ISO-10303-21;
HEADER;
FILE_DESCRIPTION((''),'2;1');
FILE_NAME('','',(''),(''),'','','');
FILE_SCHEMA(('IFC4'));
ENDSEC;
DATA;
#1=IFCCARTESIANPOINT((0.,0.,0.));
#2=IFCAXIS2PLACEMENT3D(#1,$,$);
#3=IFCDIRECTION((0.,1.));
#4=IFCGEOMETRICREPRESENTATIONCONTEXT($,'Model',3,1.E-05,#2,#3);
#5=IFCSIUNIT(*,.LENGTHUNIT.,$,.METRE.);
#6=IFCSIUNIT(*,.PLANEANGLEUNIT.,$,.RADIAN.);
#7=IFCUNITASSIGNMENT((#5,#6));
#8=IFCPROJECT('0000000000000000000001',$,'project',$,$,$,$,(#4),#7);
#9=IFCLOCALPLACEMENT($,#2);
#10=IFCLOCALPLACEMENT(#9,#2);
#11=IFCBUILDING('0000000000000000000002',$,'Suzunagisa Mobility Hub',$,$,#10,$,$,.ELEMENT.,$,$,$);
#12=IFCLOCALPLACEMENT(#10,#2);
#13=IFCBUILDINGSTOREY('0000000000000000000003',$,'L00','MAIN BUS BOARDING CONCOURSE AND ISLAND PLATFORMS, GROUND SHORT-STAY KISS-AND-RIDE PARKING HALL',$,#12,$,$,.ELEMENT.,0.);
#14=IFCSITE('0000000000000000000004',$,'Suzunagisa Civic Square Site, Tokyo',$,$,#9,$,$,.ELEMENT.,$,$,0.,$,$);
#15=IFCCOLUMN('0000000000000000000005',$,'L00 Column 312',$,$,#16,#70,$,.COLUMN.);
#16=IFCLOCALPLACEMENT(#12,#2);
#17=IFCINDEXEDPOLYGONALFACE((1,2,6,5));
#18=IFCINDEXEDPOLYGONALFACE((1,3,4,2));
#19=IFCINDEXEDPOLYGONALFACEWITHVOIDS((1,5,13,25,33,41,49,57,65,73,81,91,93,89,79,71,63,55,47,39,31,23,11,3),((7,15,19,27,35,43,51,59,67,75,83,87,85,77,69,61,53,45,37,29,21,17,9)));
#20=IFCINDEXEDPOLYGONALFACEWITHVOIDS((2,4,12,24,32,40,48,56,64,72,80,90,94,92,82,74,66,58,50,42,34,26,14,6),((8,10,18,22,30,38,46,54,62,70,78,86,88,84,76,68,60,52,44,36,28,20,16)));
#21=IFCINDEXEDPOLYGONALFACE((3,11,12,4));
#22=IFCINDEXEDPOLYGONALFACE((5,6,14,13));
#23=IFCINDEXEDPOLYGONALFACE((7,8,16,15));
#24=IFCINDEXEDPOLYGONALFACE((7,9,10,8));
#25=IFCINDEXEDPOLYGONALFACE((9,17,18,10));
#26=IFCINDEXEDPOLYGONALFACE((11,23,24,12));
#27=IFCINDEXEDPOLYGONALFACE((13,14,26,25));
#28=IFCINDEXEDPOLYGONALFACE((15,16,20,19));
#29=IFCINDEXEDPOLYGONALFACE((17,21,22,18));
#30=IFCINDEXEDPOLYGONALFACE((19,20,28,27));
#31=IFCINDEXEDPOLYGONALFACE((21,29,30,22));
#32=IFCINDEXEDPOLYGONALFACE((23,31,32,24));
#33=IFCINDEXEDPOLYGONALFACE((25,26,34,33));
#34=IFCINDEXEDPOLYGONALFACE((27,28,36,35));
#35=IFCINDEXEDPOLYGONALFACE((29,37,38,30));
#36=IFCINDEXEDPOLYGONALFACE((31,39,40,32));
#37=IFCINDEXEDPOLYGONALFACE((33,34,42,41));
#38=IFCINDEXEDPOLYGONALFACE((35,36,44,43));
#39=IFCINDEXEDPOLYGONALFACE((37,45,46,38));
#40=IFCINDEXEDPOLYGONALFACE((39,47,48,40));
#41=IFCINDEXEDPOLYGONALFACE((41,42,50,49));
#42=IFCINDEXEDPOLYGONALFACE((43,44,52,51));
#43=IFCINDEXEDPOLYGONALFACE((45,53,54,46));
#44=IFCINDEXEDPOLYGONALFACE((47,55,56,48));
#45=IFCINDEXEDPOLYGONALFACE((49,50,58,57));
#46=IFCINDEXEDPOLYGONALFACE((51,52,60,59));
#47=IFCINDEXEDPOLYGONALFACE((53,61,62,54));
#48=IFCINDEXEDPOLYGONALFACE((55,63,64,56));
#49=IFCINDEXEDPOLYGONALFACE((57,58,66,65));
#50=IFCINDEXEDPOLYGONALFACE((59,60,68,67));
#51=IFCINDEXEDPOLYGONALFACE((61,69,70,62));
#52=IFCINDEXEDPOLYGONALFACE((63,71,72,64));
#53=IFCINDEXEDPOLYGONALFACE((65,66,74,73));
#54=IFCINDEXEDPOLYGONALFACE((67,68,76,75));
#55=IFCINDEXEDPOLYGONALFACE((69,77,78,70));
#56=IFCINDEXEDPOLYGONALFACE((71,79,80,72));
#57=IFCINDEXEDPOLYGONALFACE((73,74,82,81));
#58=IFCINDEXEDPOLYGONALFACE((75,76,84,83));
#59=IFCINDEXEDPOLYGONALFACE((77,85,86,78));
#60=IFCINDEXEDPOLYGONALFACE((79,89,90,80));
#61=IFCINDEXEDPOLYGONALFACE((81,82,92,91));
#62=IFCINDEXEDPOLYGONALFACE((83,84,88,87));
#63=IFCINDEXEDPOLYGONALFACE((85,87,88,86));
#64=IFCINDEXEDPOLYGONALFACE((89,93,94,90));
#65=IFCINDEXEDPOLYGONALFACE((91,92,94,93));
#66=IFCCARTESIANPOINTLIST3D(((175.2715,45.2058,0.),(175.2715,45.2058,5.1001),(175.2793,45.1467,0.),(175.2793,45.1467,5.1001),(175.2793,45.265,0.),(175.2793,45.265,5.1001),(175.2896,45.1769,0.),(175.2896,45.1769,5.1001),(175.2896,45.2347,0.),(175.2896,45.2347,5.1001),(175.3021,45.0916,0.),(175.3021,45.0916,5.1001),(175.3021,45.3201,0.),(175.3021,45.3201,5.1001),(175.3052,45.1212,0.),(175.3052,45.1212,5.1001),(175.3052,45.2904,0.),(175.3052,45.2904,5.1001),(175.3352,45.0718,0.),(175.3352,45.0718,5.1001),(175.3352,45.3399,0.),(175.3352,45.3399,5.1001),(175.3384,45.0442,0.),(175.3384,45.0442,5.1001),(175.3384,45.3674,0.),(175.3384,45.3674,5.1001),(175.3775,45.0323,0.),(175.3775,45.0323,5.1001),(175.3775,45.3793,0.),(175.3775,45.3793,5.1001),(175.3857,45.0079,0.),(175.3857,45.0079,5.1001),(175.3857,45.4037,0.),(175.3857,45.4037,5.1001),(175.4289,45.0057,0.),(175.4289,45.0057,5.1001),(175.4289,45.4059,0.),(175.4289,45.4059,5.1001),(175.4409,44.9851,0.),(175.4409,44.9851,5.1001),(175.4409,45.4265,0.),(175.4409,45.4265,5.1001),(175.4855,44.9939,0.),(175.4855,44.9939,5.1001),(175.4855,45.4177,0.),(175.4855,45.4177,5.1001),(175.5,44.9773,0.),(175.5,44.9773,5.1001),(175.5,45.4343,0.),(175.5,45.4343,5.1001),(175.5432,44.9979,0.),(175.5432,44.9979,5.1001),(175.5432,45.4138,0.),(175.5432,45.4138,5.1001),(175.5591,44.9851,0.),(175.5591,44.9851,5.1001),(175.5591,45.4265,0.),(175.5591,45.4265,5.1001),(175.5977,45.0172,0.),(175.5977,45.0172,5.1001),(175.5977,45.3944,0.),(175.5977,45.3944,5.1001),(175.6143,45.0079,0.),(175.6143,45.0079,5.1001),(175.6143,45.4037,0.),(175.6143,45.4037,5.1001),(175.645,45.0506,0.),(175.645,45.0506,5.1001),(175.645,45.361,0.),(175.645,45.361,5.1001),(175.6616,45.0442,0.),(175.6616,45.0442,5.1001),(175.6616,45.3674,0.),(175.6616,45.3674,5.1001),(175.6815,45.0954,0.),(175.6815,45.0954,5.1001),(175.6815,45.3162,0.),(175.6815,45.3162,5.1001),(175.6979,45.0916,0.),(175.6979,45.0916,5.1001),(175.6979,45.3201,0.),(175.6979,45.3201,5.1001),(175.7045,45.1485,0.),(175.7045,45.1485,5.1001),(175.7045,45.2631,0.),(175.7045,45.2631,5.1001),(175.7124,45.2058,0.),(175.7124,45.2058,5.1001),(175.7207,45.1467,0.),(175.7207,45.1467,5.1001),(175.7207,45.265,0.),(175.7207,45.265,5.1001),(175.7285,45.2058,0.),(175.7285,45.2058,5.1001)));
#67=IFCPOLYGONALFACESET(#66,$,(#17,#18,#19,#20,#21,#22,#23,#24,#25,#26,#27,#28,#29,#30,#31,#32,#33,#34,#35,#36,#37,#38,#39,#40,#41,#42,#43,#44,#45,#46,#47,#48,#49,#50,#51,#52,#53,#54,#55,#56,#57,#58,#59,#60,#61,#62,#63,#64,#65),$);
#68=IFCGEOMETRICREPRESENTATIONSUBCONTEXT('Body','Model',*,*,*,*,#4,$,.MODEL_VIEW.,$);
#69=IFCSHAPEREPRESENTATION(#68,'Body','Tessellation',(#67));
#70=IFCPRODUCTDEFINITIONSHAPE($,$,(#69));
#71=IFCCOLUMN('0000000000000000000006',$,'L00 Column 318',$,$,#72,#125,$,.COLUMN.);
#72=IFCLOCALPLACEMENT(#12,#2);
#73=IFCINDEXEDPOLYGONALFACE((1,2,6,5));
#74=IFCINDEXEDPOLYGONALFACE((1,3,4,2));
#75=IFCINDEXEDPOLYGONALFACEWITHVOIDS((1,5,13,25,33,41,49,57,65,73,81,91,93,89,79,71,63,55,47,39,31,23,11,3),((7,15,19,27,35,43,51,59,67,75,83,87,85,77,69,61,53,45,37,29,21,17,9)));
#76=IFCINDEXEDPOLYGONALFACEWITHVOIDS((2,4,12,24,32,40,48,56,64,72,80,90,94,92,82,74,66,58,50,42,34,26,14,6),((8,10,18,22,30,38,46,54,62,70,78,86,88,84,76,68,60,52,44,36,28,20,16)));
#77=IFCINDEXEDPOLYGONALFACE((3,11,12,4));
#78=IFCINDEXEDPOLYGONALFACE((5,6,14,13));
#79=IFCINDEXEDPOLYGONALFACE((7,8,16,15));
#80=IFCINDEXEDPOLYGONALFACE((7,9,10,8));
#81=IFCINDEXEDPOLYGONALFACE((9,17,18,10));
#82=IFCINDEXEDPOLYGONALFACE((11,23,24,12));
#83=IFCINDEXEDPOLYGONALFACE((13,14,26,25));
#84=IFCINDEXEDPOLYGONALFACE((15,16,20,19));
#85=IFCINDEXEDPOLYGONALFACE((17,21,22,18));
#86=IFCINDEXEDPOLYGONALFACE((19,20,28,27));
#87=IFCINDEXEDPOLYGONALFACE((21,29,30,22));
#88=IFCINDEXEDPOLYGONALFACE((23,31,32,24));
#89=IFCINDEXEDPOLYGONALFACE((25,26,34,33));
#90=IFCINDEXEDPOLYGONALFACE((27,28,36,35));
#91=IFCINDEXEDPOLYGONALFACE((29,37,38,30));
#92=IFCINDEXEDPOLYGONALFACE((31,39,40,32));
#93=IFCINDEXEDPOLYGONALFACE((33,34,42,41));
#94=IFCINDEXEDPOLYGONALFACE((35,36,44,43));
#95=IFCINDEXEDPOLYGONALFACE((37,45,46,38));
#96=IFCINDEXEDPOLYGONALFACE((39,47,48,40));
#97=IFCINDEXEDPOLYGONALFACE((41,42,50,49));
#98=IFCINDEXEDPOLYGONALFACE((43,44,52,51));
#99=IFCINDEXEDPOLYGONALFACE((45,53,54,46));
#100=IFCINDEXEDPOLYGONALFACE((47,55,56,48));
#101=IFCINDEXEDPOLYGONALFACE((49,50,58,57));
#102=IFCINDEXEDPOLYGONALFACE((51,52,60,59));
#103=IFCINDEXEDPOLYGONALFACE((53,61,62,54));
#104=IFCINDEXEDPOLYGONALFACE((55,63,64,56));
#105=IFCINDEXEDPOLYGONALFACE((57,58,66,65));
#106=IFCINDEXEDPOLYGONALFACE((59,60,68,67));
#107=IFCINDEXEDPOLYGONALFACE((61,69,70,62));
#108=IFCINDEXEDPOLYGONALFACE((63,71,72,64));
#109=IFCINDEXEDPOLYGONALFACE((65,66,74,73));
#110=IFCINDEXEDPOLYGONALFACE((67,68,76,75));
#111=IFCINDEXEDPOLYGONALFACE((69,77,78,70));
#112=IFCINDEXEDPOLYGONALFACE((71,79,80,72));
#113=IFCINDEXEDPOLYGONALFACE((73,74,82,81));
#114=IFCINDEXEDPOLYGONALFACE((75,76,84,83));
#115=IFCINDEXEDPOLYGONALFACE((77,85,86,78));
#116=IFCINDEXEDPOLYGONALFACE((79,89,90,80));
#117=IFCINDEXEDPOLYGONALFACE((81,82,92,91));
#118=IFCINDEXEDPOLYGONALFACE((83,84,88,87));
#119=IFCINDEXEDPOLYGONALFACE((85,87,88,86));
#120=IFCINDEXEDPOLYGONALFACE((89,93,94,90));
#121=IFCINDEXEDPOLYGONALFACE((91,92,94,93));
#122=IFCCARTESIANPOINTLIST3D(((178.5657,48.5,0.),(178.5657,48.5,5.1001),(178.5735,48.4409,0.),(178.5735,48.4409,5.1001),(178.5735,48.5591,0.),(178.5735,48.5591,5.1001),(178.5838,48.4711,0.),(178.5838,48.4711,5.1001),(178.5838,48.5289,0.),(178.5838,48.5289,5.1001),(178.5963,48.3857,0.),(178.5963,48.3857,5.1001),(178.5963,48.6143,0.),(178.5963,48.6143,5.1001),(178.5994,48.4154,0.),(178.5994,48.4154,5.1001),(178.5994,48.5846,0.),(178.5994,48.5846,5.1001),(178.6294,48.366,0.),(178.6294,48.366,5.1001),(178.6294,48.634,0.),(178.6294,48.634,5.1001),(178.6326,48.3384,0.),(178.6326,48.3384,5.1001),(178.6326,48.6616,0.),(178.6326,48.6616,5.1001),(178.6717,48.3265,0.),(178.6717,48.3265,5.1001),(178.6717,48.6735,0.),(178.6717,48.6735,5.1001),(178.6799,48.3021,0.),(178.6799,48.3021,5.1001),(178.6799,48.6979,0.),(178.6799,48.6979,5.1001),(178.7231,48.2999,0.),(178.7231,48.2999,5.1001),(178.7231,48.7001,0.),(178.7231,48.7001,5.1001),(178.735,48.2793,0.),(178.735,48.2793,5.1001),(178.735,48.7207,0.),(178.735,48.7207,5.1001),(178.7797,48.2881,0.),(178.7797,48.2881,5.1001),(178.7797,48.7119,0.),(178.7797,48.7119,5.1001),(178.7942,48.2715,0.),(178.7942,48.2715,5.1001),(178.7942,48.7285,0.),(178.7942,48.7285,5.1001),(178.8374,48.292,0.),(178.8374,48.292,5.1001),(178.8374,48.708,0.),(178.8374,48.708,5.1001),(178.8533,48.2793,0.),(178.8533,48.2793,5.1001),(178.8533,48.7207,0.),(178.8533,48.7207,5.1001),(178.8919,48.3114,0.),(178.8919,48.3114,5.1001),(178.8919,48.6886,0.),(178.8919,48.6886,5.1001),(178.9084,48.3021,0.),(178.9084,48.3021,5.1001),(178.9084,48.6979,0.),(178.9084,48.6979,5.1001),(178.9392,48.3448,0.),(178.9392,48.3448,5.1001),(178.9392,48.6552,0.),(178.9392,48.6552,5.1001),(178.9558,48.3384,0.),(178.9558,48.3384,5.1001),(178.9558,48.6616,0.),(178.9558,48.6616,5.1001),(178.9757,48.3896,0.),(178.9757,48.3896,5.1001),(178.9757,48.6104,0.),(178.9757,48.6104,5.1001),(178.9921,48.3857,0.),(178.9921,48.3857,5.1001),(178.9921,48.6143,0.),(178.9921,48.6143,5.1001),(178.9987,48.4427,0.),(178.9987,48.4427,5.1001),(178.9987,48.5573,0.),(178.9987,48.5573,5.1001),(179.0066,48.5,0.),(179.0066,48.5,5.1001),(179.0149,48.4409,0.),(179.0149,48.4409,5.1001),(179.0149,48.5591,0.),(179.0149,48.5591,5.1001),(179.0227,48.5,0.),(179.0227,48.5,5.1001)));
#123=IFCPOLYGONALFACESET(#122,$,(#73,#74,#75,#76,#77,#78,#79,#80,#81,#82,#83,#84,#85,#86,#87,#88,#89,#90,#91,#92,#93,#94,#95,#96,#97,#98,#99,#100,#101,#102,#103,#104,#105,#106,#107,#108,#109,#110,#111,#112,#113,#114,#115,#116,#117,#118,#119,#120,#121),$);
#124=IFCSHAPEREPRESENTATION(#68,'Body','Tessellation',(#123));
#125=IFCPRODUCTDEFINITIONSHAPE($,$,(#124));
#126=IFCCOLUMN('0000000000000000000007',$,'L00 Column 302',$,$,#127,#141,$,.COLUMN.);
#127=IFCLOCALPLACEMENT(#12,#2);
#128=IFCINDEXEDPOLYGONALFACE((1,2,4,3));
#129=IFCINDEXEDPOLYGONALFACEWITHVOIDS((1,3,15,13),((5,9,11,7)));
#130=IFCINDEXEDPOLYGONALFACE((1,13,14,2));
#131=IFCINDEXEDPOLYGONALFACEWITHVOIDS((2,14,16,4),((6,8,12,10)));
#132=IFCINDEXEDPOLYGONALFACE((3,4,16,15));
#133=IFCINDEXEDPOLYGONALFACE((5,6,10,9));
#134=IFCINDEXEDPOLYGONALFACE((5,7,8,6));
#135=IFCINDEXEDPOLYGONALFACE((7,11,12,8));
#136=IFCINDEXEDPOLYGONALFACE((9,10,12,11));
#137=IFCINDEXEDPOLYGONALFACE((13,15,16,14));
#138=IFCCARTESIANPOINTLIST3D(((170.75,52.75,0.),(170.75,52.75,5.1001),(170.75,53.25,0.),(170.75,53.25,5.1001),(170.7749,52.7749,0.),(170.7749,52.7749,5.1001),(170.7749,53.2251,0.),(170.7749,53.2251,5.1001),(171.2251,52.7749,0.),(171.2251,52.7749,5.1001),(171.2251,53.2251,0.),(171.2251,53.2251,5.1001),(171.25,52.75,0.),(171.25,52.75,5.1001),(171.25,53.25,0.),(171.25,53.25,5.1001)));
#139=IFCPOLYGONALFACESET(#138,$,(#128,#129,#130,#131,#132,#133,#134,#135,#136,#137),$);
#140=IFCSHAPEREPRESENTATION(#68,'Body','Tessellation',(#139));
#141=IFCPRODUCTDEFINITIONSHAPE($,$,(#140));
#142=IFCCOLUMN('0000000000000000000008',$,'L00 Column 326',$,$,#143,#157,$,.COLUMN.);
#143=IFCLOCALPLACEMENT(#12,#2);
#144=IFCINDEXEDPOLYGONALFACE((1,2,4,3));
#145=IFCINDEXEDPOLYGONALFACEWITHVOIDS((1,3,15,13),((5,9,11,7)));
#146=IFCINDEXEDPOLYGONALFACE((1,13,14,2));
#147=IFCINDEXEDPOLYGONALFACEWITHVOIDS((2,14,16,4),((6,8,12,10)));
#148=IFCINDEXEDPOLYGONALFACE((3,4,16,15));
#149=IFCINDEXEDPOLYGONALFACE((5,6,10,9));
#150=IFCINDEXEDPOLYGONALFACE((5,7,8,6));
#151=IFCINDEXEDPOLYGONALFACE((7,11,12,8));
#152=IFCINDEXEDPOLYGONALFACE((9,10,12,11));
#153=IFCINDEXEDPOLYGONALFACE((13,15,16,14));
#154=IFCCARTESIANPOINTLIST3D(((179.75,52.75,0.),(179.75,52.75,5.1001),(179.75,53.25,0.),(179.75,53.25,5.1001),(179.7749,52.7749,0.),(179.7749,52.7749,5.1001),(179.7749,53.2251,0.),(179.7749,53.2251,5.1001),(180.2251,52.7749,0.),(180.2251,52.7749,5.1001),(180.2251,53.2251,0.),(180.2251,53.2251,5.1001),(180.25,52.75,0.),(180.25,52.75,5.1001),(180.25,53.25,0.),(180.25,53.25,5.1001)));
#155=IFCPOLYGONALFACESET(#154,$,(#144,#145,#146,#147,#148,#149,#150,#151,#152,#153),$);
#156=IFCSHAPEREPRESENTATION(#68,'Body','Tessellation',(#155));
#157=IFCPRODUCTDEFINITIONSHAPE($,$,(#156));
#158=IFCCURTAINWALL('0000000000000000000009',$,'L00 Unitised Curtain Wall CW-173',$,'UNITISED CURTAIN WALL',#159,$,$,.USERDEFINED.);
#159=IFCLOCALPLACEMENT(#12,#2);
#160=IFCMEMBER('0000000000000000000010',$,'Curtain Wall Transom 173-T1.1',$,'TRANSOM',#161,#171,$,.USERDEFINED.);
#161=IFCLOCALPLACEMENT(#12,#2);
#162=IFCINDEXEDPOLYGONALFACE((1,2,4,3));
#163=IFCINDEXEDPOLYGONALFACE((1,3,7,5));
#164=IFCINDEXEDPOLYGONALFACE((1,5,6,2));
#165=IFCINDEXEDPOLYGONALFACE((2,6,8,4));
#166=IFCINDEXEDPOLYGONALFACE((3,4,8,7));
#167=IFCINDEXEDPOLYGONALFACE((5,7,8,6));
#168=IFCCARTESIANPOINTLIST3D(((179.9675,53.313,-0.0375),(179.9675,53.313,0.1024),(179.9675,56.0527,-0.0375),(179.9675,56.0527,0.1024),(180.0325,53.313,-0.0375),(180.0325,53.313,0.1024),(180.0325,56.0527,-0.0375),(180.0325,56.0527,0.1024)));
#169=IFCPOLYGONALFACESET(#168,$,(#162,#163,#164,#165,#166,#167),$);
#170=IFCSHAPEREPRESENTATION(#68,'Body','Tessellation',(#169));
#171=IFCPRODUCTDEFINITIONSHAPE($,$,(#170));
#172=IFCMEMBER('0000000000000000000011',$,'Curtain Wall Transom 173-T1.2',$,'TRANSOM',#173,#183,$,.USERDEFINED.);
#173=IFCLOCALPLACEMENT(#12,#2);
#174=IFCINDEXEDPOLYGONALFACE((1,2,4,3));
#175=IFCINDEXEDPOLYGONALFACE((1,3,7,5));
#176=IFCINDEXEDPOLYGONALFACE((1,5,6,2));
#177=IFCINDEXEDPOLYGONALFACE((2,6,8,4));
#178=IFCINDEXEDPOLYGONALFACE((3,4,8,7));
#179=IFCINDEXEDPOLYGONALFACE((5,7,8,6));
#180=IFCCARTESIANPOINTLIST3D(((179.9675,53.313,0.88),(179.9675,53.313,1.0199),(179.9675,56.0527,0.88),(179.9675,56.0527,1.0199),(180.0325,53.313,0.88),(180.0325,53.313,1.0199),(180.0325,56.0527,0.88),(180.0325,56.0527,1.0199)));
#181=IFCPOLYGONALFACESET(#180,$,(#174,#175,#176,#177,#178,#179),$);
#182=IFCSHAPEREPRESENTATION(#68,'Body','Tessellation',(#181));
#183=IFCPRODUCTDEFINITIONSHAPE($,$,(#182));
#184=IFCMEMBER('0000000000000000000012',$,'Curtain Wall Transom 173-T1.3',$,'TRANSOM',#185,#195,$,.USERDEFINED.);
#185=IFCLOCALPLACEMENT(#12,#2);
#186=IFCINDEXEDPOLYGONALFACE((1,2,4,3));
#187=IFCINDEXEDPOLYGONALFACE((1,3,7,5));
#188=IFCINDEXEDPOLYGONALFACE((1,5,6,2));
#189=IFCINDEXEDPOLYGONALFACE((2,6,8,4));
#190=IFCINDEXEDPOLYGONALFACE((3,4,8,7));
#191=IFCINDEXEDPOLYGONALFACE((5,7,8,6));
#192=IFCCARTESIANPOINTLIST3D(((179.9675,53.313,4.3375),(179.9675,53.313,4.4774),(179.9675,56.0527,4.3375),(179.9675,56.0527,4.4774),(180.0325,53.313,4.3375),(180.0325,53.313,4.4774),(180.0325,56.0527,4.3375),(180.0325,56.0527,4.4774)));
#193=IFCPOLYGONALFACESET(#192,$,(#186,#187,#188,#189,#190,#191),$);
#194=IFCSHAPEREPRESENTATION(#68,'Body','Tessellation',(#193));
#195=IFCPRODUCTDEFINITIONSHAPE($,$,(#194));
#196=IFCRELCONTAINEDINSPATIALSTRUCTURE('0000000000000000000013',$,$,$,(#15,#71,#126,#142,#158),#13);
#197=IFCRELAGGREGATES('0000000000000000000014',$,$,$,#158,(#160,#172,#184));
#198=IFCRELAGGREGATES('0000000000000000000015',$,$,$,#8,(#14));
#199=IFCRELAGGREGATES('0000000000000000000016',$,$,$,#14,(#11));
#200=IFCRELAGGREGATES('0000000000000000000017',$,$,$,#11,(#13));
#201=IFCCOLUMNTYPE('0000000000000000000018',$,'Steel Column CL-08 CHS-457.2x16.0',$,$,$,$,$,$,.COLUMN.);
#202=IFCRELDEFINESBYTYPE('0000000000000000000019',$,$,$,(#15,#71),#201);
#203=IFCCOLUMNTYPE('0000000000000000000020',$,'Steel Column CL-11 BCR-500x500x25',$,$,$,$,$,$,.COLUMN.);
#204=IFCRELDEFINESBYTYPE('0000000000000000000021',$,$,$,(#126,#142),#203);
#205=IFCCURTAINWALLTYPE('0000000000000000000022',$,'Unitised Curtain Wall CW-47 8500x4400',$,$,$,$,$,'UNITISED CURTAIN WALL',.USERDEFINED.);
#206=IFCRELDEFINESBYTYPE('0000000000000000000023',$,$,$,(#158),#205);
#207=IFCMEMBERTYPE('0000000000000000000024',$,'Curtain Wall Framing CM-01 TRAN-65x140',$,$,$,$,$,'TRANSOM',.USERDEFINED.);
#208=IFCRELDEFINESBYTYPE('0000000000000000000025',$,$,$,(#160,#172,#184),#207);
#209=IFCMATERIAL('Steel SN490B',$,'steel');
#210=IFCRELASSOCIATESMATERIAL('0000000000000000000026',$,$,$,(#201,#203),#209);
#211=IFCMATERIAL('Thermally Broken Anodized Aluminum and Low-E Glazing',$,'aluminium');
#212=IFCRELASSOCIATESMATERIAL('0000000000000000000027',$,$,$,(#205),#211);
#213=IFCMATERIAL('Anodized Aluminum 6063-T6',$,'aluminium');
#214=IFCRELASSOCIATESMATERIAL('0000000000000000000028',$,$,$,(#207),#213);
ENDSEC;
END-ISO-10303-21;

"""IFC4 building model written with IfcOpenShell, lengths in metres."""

from ifc_helpers import new_model, si_unit, direction, frame, origin, origin_2d, place, context, subcontext, project, spatial, rectangle, hollow_rectangle, hollow_circle, extrude, material, material_profile, profile_set, type_object, element, aggregate, save


model = new_model("IFC4")

# Units and contexts
model_context = context("Model", 3, precision=1e-05, world=origin(), true_north=direction((0.0, 1.0)))
body_context = subcontext(model_context, "Body", "Model", "MODEL_VIEW")
ifc_project = project(units=[si_unit("LENGTHUNIT", "METRE"), si_unit("PLANEANGLEUNIT", "RADIAN")], contexts=[model_context])

# Site, building, storey
site_placement = place(None, origin())
site = spatial("IfcSite", under=ifc_project, at=site_placement, Name="Suzunagisa Civic Square Site, Tokyo", CompositionType="ELEMENT", RefElevation=0.0)
building_placement = place(site_placement, origin())
building = spatial("IfcBuilding", under=site, at=building_placement, Name="Suzunagisa Mobility Hub", CompositionType="ELEMENT")
storey_placement = place(building_placement, origin())
storey = spatial("IfcBuildingStorey", under=building, at=storey_placement, Name="L00", Description="MAIN BUS BOARDING CONCOURSE AND ISLAND PLATFORMS, GROUND SHORT-STAY KISS-AND-RIDE PARKING HALL", CompositionType="ELEMENT", Elevation=0.0)

# Columns
ifc_material_1 = material(Name="Steel SN490B", Category="steel")
ifc_material_profile_1 = material_profile(ifc_material_1, hollow_circle(Radius=0.2285, WallThickness=0.0161, at=origin_2d()), Name="CHS-457.2x16.0")
ifc_profile_set_1 = profile_set([ifc_material_profile_1], Name="Steel SN490B")
column_type_1 = type_object("IfcColumnType", Name="Steel Column CL-08 CHS-457.2x16.0", PredefinedType="COLUMN", material=ifc_profile_set_1)
for number, where, z_axis, x_axis, name in (
    (1, (175.5, 45.2058, 0.0), (0.0, 0.0, 1.0), (1.0, 0.0, 0.0), "L00 Column 312"),
    (2, (178.7942, 48.5, 0.0), (0.0, 0.0, 1.0), (1.0, 0.0, 0.0), "L00 Column 318"),
):
    element("IfcColumn", number, at=place(storey_placement, frame(where, z_axis=z_axis, x_axis=x_axis)), inside=storey, type_object=column_type_1, Name=name, PredefinedType="COLUMN", context=body_context, shape_type="SweptSolid", body=[
        extrude(hollow_circle(Radius=0.2285, WallThickness=0.0161, at=origin_2d()), origin(), (0.0, 0.0, 1.0), 5.1001),
    ])
ifc_material_profile_2 = material_profile(ifc_material_1, hollow_rectangle(XDim=0.5, YDim=0.5, WallThickness=0.0249, at=origin_2d()), Name="BCR-500x500x25")
ifc_profile_set_2 = profile_set([ifc_material_profile_2], Name="Steel SN490B")
column_type_2 = type_object("IfcColumnType", Name="Steel Column CL-11 BCR-500x500x25", PredefinedType="COLUMN", material=ifc_profile_set_2)
for number, where, z_axis, x_axis, name in (
    (3, (171.0, 53.0, 0.0), (0.0, 0.0, 1.0), (1.0, 0.0, 0.0), "L00 Column 302"),
    (4, (180.0, 53.0, 0.0), (0.0, 0.0, 1.0), (1.0, 0.0, 0.0), "L00 Column 326"),
):
    element("IfcColumn", number, at=place(storey_placement, frame(where, z_axis=z_axis, x_axis=x_axis)), inside=storey, type_object=column_type_2, Name=name, PredefinedType="COLUMN", context=body_context, shape_type="SweptSolid", body=[
        extrude(hollow_rectangle(XDim=0.5, YDim=0.5, WallThickness=0.0249, at=origin_2d()), origin(), (0.0, 0.0, 1.0), 5.1001),
    ])

# Curtain wall, members
ifc_material_2 = material(Name="Thermally Broken Anodized Aluminum and Low-E Glazing", Category="aluminium")
curtain_wall_type = type_object("IfcCurtainWallType", Name="Unitised Curtain Wall CW-47 8500x4400", ElementType="UNITISED CURTAIN WALL", PredefinedType="USERDEFINED", material=ifc_material_2)
curtain_wall_placement = place(storey_placement, origin())
curtain_wall = element("IfcCurtainWall", 5, at=curtain_wall_placement, inside=storey, type_object=curtain_wall_type, Name="L00 Unitised Curtain Wall CW-173", ObjectType="UNITISED CURTAIN WALL", PredefinedType="USERDEFINED")
ifc_material_3 = material(Name="Anodized Aluminum 6063-T6", Category="aluminium")
ifc_material_profile_3 = material_profile(ifc_material_3, rectangle(XDim=0.0649, YDim=0.1399, at=origin_2d()), Name="TRAN-65x140")
ifc_profile_set_3 = profile_set([ifc_material_profile_3], Name="Anodized Aluminum 6063-T6")
member_type_1 = type_object("IfcMemberType", Name="Curtain Wall Framing CM-01 TRAN-65x140", ElementType="TRANSOM", PredefinedType="USERDEFINED", material=ifc_profile_set_3)
member_1_placement = place(storey_placement, frame((180.0, 53.313, 0.0325), z_axis=(0.0, 1.0, 0.0), x_axis=(-1.0, 0.0, 0.0)))
member_1 = element("IfcMember", 6, at=member_1_placement, type_object=member_type_1, Name="Curtain Wall Transom 173-T1.1", ObjectType="TRANSOM", PredefinedType="USERDEFINED", context=body_context, shape_type="SweptSolid", body=[
    extrude(rectangle(XDim=0.0649, YDim=0.1399, at=origin_2d()), origin(), (0.0, 0.0, 1.0), 2.7397),
])
member_2_placement = place(storey_placement, frame((180.0, 53.313, 0.95), z_axis=(0.0, 1.0, 0.0), x_axis=(-1.0, 0.0, 0.0)))
member_2 = element("IfcMember", 7, at=member_2_placement, type_object=member_type_1, Name="Curtain Wall Transom 173-T1.2", ObjectType="TRANSOM", PredefinedType="USERDEFINED", context=body_context, shape_type="SweptSolid", body=[
    extrude(rectangle(XDim=0.0649, YDim=0.1399, at=origin_2d()), origin(), (0.0, 0.0, 1.0), 2.7397),
])
member_3_placement = place(storey_placement, frame((180.0, 53.313, 4.4075), z_axis=(0.0, 1.0, 0.0), x_axis=(-1.0, 0.0, 0.0)))
member_3 = element("IfcMember", 8, at=member_3_placement, type_object=member_type_1, Name="Curtain Wall Transom 173-T1.3", ObjectType="TRANSOM", PredefinedType="USERDEFINED", context=body_context, shape_type="SweptSolid", body=[
    extrude(rectangle(XDim=0.0649, YDim=0.1399, at=origin_2d()), origin(), (0.0, 0.0, 1.0), 2.7397),
])

aggregate(curtain_wall, [member_1, member_2, member_3])

save(model, "model.ifc")
